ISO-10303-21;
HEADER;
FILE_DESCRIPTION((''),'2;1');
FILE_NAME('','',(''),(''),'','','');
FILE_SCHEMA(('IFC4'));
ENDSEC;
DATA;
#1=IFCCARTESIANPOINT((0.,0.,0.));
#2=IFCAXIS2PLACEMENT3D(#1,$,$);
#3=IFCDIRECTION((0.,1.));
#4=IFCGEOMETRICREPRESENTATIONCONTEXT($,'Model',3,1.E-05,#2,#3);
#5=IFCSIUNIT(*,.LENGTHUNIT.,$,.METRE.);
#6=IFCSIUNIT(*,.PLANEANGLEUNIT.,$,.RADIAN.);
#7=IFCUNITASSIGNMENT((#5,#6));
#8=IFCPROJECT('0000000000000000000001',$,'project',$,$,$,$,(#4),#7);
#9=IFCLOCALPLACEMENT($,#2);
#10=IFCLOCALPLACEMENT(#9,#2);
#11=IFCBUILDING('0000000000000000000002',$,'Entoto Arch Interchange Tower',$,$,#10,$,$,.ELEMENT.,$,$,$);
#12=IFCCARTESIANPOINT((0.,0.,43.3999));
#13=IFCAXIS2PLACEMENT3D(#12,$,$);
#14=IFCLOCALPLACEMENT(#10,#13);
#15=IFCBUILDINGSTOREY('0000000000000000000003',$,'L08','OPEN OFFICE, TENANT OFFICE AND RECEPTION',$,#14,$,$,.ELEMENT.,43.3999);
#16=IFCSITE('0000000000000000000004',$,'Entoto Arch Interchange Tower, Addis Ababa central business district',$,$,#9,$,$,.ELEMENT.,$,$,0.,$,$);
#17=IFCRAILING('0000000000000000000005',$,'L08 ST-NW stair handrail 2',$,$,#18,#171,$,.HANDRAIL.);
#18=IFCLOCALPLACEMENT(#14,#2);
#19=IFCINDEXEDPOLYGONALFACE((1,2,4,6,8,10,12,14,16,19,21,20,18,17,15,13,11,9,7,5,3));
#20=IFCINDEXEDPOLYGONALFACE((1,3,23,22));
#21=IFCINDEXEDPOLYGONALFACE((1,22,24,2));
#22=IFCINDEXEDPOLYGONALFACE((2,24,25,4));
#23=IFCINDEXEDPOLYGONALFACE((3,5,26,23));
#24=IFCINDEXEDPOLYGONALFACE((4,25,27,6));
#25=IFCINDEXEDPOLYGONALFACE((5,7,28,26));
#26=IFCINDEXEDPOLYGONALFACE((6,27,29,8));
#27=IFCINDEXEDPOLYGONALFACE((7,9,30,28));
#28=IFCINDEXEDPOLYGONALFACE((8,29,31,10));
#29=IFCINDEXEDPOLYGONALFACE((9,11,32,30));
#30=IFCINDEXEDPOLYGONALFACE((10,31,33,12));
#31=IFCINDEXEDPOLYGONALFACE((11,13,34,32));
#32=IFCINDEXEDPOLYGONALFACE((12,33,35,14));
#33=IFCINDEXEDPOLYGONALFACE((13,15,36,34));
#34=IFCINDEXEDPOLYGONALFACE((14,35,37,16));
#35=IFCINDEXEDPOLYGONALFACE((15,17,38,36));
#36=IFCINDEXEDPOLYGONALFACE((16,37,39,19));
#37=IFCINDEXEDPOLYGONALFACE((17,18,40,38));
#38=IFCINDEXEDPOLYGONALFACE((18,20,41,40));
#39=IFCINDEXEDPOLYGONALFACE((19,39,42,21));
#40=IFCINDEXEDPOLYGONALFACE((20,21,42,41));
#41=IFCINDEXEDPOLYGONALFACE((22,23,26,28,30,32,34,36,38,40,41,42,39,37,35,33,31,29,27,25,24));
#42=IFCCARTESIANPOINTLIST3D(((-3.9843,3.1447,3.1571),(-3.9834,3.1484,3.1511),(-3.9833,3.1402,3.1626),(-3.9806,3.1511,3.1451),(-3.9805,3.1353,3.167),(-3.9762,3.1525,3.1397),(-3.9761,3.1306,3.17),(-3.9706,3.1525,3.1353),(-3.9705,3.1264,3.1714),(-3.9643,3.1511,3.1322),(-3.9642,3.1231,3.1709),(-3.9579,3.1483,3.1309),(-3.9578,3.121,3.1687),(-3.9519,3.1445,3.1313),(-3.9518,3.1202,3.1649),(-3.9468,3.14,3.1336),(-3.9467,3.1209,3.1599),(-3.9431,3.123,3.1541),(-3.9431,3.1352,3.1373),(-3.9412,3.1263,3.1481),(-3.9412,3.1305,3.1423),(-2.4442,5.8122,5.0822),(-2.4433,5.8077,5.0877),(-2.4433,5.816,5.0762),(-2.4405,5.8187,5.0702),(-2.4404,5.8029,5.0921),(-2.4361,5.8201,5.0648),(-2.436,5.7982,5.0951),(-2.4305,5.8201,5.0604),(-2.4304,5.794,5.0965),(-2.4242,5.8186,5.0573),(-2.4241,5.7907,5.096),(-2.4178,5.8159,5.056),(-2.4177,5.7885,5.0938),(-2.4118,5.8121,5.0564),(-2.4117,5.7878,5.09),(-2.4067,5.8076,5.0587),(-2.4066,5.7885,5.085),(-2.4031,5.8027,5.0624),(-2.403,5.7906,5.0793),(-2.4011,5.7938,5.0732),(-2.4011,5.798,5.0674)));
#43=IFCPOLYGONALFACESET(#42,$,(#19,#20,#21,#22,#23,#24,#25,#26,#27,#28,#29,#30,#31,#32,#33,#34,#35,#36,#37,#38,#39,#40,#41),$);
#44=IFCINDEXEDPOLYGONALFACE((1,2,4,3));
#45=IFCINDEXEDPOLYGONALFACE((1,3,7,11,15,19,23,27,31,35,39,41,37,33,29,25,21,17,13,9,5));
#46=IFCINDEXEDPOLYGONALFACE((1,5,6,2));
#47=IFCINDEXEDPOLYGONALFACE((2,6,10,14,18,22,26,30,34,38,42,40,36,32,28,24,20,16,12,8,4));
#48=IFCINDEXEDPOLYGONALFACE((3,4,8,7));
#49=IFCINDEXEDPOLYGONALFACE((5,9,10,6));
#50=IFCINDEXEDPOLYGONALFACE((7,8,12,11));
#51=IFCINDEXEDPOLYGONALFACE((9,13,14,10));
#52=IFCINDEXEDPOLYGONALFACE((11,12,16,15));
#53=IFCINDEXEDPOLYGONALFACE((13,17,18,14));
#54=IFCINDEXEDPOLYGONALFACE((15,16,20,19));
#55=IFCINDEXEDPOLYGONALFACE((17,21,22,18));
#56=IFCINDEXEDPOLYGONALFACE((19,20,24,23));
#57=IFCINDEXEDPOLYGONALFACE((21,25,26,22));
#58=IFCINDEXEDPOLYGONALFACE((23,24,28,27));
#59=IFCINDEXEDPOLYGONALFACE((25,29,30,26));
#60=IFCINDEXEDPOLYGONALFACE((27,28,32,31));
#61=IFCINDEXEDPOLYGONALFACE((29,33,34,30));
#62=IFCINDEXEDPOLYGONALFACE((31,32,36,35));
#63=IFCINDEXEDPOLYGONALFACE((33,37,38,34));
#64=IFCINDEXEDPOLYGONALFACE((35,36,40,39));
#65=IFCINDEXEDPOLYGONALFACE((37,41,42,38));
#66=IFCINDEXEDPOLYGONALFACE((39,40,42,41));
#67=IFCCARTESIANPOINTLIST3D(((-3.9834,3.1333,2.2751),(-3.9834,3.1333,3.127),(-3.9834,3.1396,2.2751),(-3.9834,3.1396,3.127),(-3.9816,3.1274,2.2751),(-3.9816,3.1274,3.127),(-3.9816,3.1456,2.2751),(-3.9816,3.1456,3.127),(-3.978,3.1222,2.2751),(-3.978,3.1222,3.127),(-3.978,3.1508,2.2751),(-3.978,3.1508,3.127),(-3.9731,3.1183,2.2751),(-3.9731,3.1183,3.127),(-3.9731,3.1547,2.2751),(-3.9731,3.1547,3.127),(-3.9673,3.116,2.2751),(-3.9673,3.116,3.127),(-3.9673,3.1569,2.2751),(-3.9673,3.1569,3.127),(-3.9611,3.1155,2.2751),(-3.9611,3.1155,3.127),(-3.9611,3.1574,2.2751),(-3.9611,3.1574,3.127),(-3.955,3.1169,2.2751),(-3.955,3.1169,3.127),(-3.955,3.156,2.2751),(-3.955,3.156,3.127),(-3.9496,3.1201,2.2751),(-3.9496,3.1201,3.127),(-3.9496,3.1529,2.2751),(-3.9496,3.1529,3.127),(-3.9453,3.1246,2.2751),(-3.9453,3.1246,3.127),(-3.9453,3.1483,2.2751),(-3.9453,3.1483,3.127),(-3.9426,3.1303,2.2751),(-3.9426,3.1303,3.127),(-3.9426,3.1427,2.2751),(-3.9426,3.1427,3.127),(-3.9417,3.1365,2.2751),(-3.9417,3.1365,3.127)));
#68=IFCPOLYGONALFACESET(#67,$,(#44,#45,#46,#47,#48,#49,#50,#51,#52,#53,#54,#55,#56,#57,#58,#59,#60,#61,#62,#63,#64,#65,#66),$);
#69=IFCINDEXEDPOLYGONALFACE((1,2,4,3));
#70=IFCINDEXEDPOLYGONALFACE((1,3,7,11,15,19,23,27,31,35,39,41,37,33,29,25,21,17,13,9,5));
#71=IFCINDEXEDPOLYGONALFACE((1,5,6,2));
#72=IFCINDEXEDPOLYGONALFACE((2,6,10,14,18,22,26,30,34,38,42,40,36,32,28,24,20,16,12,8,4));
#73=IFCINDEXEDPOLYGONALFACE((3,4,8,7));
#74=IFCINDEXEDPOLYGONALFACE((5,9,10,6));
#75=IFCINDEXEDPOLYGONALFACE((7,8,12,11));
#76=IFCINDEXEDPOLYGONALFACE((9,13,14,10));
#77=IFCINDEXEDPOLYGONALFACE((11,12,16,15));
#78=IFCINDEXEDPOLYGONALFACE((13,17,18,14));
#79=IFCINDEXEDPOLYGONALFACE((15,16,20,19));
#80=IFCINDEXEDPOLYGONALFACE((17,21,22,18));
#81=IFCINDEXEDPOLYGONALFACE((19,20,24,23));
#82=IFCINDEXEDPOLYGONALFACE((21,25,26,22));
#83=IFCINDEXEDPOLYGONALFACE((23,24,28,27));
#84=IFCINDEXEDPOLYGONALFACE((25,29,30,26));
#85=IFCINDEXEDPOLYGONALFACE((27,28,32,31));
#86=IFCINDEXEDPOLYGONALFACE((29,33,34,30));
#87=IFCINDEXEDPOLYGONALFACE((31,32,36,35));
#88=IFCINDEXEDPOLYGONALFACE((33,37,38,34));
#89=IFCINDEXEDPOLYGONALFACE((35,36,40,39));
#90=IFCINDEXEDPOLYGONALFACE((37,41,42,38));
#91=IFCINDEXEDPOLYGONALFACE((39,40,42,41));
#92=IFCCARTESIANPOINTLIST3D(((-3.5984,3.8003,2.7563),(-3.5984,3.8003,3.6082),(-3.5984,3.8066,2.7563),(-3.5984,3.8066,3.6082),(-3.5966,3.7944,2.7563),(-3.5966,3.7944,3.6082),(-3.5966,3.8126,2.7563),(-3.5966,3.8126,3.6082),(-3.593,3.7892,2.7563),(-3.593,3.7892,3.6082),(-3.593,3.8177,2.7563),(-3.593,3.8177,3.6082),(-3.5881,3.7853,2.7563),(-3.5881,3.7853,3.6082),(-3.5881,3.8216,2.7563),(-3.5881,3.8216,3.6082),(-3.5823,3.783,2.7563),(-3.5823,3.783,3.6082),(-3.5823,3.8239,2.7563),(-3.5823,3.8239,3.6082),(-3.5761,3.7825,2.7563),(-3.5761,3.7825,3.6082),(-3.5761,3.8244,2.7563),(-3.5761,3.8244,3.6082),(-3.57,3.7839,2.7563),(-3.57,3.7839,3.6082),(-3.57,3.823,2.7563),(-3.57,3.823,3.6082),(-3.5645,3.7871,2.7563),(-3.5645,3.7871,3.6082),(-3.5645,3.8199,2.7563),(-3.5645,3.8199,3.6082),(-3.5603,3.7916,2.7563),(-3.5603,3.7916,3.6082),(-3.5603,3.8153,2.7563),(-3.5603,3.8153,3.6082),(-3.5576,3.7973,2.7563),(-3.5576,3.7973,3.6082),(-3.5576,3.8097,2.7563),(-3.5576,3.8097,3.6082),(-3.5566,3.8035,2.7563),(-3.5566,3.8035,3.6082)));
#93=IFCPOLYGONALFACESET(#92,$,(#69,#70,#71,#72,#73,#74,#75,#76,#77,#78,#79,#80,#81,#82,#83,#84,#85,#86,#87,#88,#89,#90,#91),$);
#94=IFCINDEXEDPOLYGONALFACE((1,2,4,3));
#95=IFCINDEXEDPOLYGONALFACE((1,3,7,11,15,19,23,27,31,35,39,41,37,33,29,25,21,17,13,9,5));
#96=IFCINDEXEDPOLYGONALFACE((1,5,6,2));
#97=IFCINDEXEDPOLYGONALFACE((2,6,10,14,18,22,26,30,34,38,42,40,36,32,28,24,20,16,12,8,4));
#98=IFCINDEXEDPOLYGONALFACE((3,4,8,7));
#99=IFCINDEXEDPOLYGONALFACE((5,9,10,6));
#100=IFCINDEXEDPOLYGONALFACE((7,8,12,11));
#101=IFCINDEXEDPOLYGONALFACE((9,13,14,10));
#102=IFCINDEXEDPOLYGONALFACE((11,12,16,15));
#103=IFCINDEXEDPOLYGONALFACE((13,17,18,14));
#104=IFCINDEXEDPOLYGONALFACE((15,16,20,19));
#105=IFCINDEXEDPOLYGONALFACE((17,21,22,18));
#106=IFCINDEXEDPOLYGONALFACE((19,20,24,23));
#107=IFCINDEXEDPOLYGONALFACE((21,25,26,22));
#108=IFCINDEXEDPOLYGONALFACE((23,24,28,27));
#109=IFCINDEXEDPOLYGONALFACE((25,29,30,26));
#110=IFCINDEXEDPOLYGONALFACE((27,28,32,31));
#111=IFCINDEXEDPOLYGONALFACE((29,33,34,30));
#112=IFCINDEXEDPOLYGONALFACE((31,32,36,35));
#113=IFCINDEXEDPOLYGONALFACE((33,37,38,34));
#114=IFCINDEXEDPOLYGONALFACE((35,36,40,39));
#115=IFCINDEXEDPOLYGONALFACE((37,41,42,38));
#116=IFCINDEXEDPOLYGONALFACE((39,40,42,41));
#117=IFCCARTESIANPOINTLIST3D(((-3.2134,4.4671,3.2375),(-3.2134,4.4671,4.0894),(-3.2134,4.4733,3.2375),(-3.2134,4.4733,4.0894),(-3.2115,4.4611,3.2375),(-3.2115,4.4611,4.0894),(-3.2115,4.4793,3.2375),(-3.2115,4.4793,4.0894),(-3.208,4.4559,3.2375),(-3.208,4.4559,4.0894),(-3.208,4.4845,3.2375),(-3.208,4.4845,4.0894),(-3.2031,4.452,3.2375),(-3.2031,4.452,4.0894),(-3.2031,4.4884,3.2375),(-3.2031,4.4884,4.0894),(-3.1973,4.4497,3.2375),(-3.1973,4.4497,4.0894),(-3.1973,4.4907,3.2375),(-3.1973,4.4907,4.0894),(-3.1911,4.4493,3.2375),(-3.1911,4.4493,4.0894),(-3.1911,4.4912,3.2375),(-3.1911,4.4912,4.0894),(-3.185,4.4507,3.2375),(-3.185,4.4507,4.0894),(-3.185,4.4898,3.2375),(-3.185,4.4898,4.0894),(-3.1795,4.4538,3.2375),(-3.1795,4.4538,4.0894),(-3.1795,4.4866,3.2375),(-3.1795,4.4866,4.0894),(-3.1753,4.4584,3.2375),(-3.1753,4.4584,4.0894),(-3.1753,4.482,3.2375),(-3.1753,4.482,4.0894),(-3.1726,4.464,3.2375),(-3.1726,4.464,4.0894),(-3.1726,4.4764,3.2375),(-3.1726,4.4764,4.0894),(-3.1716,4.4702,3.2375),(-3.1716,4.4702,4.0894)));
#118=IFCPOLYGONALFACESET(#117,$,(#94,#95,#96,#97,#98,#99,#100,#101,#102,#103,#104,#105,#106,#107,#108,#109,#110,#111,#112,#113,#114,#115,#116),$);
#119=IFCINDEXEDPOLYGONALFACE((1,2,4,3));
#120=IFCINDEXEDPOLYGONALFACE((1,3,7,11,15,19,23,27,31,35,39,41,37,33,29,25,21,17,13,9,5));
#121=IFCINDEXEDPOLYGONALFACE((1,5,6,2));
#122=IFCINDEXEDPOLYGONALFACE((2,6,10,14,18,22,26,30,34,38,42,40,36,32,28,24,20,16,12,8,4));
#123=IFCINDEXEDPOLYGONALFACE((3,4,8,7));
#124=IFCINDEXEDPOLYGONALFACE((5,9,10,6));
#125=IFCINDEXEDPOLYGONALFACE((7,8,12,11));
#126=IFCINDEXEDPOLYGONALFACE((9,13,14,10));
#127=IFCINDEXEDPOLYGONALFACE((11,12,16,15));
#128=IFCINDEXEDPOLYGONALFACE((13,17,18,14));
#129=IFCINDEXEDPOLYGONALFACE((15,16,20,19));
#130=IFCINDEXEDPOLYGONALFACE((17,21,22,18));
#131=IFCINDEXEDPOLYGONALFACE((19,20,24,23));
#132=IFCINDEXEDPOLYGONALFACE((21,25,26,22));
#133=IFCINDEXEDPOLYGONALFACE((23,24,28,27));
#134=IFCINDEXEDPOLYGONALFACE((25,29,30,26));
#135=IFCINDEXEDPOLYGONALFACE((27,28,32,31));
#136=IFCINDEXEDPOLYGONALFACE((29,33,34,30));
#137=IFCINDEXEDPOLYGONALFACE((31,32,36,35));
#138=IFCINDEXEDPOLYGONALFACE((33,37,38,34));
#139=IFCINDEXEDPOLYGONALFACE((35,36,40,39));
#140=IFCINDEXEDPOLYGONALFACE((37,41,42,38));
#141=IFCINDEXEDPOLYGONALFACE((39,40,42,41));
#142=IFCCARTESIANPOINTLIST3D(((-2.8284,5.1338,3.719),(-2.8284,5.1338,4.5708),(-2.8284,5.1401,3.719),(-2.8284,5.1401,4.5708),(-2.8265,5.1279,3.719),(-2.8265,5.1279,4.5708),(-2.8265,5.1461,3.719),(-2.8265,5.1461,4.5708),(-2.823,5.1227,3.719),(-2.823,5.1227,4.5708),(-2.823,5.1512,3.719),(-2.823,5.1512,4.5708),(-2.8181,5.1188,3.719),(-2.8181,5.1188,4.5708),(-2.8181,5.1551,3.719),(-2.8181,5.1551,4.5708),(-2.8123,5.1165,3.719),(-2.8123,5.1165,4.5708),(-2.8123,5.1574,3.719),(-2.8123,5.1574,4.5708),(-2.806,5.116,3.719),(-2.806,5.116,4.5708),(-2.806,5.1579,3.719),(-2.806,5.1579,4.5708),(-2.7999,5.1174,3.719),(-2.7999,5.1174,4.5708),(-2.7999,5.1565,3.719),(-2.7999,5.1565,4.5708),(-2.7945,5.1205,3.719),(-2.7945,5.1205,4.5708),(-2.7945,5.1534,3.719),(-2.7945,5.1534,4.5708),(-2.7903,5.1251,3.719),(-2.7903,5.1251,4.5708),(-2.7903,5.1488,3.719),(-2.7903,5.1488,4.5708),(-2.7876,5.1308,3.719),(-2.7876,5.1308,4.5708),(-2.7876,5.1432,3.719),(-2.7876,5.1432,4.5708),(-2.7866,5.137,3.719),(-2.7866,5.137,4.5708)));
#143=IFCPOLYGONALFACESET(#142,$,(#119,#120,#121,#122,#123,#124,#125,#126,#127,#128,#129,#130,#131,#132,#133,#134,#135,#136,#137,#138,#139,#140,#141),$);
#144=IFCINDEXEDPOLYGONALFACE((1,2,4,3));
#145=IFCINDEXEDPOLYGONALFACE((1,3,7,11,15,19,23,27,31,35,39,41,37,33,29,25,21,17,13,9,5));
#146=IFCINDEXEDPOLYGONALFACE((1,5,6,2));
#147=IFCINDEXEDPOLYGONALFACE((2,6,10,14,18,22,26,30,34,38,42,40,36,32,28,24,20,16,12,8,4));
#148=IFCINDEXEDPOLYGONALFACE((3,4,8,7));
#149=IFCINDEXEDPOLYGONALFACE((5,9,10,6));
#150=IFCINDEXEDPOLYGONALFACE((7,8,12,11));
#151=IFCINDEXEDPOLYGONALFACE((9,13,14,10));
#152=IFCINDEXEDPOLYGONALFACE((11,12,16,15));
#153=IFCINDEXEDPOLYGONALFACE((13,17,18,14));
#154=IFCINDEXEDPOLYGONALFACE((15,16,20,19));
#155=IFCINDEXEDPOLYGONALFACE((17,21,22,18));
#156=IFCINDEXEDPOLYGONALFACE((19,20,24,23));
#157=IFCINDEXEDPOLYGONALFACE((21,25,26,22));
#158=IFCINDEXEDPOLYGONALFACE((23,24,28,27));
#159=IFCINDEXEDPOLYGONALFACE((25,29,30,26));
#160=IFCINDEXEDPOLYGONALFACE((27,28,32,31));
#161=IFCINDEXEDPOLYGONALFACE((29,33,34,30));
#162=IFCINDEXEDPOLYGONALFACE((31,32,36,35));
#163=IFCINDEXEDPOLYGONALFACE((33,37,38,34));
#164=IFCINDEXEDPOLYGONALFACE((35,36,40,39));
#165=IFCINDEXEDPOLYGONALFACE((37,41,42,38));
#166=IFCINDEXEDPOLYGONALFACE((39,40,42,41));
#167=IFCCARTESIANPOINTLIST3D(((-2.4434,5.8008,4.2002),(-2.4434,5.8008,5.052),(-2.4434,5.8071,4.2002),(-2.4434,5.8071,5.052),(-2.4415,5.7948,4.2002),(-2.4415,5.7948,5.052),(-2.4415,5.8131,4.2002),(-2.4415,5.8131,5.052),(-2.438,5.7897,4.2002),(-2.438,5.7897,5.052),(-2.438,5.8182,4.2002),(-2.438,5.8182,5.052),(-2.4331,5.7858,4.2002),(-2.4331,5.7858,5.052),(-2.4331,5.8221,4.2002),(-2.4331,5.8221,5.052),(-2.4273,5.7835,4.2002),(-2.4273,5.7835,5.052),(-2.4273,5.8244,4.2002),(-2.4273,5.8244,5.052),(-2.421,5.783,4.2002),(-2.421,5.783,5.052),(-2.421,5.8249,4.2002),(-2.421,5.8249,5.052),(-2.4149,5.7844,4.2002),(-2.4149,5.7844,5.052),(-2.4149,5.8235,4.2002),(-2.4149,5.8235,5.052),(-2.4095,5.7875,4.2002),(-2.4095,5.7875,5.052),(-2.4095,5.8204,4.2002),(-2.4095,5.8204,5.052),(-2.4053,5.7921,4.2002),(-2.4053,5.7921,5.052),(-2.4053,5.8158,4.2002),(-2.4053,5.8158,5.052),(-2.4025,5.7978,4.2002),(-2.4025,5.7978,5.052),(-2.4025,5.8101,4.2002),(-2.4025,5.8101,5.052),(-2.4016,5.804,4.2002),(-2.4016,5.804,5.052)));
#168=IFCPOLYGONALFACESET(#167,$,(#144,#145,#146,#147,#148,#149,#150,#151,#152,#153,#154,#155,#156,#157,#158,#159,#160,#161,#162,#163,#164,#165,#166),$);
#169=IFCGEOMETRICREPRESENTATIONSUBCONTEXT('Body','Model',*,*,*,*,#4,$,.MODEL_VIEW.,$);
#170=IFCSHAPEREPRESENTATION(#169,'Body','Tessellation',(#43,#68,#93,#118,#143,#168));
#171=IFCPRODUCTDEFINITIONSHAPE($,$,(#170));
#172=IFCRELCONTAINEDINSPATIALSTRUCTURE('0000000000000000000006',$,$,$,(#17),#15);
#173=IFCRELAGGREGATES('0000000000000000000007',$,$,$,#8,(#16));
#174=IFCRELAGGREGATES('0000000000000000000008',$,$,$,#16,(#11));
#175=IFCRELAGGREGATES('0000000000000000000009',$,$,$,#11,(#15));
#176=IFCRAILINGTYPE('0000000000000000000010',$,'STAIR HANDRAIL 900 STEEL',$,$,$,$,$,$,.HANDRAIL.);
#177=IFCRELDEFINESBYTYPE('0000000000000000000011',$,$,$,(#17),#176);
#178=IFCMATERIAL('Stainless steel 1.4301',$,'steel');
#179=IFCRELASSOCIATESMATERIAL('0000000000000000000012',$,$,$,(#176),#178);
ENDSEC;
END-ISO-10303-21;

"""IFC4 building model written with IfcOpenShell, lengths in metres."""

from ifc_helpers import new_model, si_unit, direction, frame, origin, origin_2d, place, context, subcontext, project, spatial, circle, extrude, material, type_object, element, save


model = new_model("IFC4")

# Units and contexts
model_context = context("Model", 3, precision=1e-05, world=origin(), true_north=direction((0.0, 1.0)))
body_context = subcontext(model_context, "Body", "Model", "MODEL_VIEW")
ifc_project = project(units=[si_unit("LENGTHUNIT", "METRE"), si_unit("PLANEANGLEUNIT", "RADIAN")], contexts=[model_context])

# Site, building, storey
site_placement = place(None, origin())
site = spatial("IfcSite", under=ifc_project, at=site_placement, Name="Entoto Arch Interchange Tower, Addis Ababa central business district", CompositionType="ELEMENT", RefElevation=0.0)
building_placement = place(site_placement, origin())
building = spatial("IfcBuilding", under=site, at=building_placement, Name="Entoto Arch Interchange Tower", CompositionType="ELEMENT")
storey_placement = place(building_placement, frame((0.0, 0.0, 43.3999)))
storey = spatial("IfcBuildingStorey", under=building, at=storey_placement, Name="L08", Description="OPEN OFFICE, TENANT OFFICE AND RECEPTION", CompositionType="ELEMENT", Elevation=43.3999)

# Railing
ifc_material_1 = material(Name="Stainless steel 1.4301", Category="steel")
railing_type_1 = type_object("IfcRailingType", Name="STAIR HANDRAIL 900 STEEL", PredefinedType="HANDRAIL", material=ifc_material_1)
railing_1_placement = place(storey_placement, frame((-3.9626, 3.1365, 2.2751)))
element("IfcRailing", 1, at=railing_1_placement, inside=storey, type_object=railing_type_1, Name="L08 ST-NW stair handrail 2", PredefinedType="HANDRAIL", context=body_context, shape_type="SweptSolid", body=[
    extrude(circle(Radius=0.0239, at=origin_2d()), frame((0.0, 0.0, 0.876), z_axis=(0.423994, 0.734395, 0.529993), x_axis=(-0.86603, 0.499992, 0.0)), (0.0, 0.0, 1.0), 3.6323),
    extrude(circle(Radius=0.021, at=origin_2d()), origin(), (0.0, 0.0, 1.0), 0.8518),
    extrude(circle(Radius=0.021, at=origin_2d()), frame((0.385, 0.667, 0.4812)), (0.0, 0.0, 1.0), 0.8518),
    extrude(circle(Radius=0.021, at=origin_2d()), frame((0.77, 1.3337, 0.9624)), (0.0, 0.0, 1.0), 0.8518),
    extrude(circle(Radius=0.021, at=origin_2d()), frame((1.155, 2.0005, 1.4438)), (0.0, 0.0, 1.0), 0.8518),
    extrude(circle(Radius=0.021, at=origin_2d()), frame((1.54, 2.6675, 1.925)), (0.0, 0.0, 1.0), 0.8518),
])

save(model, "model.ifc")
